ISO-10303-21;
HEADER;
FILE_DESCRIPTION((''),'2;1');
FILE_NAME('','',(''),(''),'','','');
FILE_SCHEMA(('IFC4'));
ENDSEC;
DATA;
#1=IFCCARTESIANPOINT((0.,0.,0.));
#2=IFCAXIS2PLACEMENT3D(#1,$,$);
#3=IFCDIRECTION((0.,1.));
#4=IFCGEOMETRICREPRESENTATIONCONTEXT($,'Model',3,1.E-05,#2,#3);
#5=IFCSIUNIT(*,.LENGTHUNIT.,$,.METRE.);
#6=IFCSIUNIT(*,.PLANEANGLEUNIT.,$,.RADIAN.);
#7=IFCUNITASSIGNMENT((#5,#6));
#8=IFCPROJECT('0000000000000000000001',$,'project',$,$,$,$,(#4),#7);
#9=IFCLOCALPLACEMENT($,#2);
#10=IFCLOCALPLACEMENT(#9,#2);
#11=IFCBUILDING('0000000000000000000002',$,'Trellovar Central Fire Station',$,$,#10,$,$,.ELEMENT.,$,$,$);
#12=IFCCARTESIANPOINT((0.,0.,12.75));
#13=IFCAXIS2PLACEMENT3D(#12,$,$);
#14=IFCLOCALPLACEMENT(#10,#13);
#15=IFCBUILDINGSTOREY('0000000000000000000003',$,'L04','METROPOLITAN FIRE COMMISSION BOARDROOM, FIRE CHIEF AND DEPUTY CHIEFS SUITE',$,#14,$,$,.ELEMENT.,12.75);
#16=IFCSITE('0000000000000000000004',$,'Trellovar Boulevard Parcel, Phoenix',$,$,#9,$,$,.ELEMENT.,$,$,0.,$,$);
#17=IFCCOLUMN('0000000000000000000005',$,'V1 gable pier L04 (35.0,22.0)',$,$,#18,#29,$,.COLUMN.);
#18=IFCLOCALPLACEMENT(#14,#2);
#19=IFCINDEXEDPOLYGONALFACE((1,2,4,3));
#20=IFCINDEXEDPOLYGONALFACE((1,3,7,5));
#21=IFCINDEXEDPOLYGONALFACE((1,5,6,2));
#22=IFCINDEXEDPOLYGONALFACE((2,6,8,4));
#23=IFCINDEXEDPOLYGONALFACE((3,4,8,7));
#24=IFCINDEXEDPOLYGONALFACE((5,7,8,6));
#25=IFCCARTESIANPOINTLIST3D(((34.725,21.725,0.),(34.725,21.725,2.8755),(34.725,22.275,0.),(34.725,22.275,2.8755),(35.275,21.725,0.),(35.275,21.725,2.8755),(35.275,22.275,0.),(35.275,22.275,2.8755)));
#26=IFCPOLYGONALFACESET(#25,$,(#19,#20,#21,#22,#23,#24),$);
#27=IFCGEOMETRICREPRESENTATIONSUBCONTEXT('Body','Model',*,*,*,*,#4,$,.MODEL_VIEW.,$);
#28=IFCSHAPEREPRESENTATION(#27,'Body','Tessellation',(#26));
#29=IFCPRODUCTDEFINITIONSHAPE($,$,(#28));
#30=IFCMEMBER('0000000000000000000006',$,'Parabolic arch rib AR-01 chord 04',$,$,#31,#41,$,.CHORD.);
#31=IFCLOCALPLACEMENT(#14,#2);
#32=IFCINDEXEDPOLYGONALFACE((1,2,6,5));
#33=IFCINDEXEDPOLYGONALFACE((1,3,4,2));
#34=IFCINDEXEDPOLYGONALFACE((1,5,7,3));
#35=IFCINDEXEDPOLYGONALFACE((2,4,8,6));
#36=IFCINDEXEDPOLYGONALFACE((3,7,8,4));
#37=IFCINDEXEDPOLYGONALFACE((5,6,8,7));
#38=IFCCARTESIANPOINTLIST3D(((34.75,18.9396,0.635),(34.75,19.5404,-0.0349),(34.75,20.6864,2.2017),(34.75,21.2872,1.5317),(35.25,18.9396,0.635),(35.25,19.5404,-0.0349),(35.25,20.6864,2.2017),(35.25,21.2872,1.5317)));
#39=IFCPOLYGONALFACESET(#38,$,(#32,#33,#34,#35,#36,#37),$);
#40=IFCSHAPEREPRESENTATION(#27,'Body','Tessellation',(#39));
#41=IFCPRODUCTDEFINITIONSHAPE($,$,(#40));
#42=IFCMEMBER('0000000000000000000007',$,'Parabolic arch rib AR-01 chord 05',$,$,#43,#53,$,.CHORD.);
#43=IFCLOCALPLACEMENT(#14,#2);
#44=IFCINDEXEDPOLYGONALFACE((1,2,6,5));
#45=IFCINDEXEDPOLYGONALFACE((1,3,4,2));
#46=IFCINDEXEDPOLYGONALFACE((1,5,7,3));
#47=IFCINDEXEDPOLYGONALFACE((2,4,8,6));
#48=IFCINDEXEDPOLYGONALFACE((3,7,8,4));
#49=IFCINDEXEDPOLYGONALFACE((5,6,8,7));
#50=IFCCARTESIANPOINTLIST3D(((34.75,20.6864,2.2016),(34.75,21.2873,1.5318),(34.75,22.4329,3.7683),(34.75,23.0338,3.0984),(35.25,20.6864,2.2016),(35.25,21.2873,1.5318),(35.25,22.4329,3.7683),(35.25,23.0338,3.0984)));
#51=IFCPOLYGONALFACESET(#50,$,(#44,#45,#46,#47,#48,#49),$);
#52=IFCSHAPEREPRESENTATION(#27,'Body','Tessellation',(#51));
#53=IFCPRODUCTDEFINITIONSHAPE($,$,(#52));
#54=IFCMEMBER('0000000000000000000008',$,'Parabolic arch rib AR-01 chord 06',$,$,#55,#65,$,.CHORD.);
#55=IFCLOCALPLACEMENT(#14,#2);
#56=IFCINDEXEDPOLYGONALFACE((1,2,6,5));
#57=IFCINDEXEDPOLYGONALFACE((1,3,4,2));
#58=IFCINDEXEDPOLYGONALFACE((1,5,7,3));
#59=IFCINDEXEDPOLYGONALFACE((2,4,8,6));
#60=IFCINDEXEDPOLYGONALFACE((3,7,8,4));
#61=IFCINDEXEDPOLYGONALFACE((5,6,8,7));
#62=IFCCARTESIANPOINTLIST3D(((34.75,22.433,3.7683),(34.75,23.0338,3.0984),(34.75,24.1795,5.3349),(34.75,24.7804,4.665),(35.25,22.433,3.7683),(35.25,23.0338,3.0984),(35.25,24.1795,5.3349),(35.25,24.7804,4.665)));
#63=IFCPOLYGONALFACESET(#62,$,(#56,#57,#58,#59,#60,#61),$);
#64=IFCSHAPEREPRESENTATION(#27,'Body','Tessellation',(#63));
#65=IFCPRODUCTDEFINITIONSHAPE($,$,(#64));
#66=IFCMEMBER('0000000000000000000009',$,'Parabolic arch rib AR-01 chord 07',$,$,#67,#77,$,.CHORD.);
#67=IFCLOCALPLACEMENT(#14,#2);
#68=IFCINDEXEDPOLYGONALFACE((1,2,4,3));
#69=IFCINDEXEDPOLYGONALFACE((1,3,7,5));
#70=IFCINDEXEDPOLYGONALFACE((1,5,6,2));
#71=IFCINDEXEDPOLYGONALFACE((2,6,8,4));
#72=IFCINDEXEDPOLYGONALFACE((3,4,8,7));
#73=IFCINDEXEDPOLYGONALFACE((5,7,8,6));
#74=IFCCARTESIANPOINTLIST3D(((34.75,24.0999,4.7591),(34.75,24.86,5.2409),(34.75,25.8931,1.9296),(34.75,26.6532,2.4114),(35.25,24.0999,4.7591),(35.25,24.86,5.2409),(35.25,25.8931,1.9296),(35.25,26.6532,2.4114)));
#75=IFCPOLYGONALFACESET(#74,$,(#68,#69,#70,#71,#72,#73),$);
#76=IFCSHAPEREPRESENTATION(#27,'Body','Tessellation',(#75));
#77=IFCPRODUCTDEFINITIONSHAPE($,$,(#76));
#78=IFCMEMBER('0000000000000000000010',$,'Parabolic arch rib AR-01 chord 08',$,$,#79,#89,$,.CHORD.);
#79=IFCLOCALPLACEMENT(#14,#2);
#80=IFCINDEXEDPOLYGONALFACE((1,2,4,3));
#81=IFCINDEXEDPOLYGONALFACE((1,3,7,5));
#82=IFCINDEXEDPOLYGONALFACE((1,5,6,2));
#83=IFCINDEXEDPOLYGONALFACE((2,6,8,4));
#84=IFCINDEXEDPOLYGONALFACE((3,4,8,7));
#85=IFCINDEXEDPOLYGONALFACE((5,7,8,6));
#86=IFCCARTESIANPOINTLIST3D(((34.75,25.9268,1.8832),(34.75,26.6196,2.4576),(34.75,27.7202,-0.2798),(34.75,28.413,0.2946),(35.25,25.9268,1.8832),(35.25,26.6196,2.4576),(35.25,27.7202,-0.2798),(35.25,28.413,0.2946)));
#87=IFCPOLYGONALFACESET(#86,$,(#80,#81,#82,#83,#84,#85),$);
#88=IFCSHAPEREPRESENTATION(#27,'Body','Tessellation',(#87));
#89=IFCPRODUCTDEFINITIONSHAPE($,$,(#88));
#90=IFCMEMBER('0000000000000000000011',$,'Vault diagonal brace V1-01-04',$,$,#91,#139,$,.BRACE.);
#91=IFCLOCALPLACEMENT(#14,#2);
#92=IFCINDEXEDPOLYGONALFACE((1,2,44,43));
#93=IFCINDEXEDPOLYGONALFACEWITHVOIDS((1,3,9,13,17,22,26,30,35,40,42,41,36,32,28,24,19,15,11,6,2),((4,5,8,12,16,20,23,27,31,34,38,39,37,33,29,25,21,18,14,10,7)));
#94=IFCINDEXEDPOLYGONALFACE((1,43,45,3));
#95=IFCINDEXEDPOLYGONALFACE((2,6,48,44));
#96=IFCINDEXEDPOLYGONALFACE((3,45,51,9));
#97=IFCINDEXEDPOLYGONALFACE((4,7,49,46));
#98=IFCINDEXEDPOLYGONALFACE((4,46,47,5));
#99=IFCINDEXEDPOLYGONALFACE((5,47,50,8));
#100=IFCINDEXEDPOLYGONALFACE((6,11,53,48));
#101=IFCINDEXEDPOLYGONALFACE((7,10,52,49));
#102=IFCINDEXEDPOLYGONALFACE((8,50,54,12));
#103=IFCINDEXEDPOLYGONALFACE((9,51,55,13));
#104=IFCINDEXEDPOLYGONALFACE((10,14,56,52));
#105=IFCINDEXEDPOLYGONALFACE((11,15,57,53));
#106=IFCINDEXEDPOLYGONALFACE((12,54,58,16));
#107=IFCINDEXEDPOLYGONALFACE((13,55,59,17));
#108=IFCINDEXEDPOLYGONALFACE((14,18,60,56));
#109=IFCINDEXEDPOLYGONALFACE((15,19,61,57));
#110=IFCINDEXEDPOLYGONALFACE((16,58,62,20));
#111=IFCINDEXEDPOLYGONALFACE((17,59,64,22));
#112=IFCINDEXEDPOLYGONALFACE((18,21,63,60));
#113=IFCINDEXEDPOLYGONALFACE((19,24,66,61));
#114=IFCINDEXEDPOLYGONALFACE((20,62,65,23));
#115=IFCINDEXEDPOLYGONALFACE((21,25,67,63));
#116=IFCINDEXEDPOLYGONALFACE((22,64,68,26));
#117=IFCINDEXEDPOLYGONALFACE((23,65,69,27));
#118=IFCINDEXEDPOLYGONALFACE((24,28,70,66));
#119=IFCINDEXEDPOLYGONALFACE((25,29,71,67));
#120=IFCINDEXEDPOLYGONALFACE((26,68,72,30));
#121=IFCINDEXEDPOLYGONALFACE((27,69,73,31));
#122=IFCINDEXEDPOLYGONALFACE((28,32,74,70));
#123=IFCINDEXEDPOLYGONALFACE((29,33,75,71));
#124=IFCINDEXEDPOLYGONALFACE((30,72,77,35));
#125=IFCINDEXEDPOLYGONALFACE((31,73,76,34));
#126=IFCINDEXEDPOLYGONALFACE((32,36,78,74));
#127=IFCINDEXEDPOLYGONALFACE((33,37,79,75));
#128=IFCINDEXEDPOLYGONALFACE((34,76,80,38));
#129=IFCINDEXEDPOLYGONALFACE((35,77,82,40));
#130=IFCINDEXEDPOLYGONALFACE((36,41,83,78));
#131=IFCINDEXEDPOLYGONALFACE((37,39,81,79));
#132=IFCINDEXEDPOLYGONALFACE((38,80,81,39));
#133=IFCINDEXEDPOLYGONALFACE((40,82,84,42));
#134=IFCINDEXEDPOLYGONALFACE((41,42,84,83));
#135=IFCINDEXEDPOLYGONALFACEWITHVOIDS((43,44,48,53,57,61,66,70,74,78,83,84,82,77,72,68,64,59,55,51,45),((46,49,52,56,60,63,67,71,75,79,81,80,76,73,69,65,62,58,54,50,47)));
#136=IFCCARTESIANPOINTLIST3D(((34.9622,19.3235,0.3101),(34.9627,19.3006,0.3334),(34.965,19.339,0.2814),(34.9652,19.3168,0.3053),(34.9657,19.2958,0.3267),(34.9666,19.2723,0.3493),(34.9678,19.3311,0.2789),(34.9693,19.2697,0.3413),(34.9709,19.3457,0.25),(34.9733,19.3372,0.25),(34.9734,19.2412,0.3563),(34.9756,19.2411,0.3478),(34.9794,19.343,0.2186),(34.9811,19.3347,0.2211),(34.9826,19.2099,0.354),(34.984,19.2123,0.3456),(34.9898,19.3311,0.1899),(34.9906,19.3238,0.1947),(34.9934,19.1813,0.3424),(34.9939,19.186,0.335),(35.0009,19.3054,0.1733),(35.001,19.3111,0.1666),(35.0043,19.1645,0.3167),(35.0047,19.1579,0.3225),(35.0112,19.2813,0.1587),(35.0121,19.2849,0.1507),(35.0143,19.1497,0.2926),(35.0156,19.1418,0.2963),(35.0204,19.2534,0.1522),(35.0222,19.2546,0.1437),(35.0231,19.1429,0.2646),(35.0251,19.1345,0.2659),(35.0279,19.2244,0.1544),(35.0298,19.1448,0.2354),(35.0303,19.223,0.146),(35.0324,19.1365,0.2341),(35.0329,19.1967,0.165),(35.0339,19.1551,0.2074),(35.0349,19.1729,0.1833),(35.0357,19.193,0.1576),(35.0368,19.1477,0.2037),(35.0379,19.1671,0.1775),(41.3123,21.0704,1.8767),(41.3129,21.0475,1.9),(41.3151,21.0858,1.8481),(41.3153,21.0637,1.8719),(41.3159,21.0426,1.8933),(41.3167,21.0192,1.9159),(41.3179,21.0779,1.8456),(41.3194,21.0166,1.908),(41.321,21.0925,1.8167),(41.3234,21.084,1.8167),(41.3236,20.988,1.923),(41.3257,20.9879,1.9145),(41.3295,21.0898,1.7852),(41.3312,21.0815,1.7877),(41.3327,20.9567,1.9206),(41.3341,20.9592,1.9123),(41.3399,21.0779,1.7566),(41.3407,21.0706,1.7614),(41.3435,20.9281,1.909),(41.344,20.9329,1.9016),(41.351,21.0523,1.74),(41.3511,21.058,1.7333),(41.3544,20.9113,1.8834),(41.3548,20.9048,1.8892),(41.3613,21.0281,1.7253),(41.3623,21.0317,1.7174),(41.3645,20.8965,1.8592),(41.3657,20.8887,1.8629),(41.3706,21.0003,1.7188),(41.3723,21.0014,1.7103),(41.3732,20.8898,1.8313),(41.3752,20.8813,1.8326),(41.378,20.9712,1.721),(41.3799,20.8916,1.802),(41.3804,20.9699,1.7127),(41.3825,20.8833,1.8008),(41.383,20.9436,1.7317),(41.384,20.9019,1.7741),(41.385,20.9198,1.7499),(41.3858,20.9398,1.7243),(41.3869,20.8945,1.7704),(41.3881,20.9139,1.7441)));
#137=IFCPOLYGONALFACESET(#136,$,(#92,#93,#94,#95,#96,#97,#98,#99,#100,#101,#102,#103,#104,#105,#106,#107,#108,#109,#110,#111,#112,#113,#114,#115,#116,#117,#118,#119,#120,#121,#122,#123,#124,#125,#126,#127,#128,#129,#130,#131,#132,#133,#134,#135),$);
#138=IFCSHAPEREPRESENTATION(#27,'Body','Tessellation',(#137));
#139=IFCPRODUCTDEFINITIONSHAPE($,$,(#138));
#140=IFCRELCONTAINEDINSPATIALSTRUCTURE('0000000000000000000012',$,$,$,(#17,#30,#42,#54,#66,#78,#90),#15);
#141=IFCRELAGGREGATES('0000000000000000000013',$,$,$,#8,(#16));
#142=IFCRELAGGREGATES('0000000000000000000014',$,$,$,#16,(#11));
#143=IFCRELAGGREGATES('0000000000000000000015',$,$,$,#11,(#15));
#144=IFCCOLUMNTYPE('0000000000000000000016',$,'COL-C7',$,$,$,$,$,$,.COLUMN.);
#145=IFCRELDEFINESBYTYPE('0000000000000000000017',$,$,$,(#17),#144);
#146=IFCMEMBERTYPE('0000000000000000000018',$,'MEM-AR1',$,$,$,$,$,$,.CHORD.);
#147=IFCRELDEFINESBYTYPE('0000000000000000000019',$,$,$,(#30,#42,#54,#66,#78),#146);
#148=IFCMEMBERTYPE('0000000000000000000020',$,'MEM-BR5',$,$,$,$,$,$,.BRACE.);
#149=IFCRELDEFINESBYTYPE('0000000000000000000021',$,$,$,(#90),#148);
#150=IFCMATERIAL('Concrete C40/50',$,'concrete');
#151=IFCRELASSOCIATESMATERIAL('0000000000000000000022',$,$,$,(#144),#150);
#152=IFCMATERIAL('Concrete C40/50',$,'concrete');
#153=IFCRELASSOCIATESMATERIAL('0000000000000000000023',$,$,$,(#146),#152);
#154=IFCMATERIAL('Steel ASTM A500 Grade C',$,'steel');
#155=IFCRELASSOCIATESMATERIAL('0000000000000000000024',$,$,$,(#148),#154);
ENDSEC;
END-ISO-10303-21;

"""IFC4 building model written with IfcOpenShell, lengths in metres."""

from ifc_helpers import new_model, si_unit, direction, frame, origin, origin_2d, place, context, subcontext, project, spatial, rectangle, hollow_circle, extrude, material, material_profile, profile_set, type_object, element, save


model = new_model("IFC4")

# Units and contexts
model_context = context("Model", 3, precision=1e-05, world=origin(), true_north=direction((0.0, 1.0)))
body_context = subcontext(model_context, "Body", "Model", "MODEL_VIEW")
ifc_project = project(units=[si_unit("LENGTHUNIT", "METRE"), si_unit("PLANEANGLEUNIT", "RADIAN")], contexts=[model_context])

# Site, building, storey
site_placement = place(None, origin())
site = spatial("IfcSite", under=ifc_project, at=site_placement, Name="Trellovar Boulevard Parcel, Phoenix", CompositionType="ELEMENT", RefElevation=0.0)
building_placement = place(site_placement, origin())
building = spatial("IfcBuilding", under=site, at=building_placement, Name="Trellovar Central Fire Station", CompositionType="ELEMENT")
storey_placement = place(building_placement, frame((0.0, 0.0, 12.75)))
storey = spatial("IfcBuildingStorey", under=building, at=storey_placement, Name="L04", Description="METROPOLITAN FIRE COMMISSION BOARDROOM, FIRE CHIEF AND DEPUTY CHIEFS SUITE", CompositionType="ELEMENT", Elevation=12.75)

# Column
ifc_material_1 = material(Name="Concrete C40/50", Category="concrete")
ifc_material_profile_1 = material_profile(ifc_material_1, rectangle(XDim=0.55, YDim=0.55, at=origin_2d()), Name="RC550X550")
ifc_profile_set_1 = profile_set([ifc_material_profile_1], Name="Concrete C40/50")
column_type = type_object("IfcColumnType", Name="COL-C7", PredefinedType="COLUMN", material=ifc_profile_set_1)
column_placement = place(storey_placement, frame((35.0, 22.0, 0.0), z_axis=(0.0, 0.0, 1.0), x_axis=(1.0, 0.0, 0.0)))
element("IfcColumn", 1, at=column_placement, inside=storey, type_object=column_type, Name="V1 gable pier L04 (35.0,22.0)", PredefinedType="COLUMN", context=body_context, shape_type="SweptSolid", body=[
    extrude(rectangle(XDim=0.55, YDim=0.55, at=origin_2d()), origin(), (0.0, 0.0, 1.0), 2.8755),
])

# Members
ifc_material_2 = material(Name="Concrete C40/50", Category="concrete")
ifc_material_profile_2 = material_profile(ifc_material_2, rectangle(XDim=0.5, YDim=0.8999, at=origin_2d()), Name="RC500X900")
ifc_profile_set_2 = profile_set([ifc_material_profile_2], Name="Concrete C40/50")
member_type_1 = type_object("IfcMemberType", Name="MEM-AR1", PredefinedType="CHORD", material=ifc_profile_set_2)
member_1_placement = place(storey_placement, frame((35.0, 19.24, 0.3), z_axis=(0.0, 0.744457, 0.66767), x_axis=(-1.0, 0.0, 0.0)))
element("IfcMember", 2, at=member_1_placement, inside=storey, type_object=member_type_1, Name="Parabolic arch rib AR-01 chord 04", PredefinedType="CHORD", context=body_context, shape_type="SweptSolid", body=[
    extrude(rectangle(XDim=0.5, YDim=0.8999, at=origin_2d()), origin(), (0.0, 0.0, 1.0), 2.3464),
])
for number, where, z_axis, x_axis, name in (
    (3, (35.0, 20.9868, 1.8667), (0.0, 0.744411, 0.667722), (-1.0, 0.0, 0.0), "Parabolic arch rib AR-01 chord 05"),
    (4, (35.0, 22.7334, 3.4333), (0.0, 0.744411, 0.667722), (-1.0, 0.0, 0.0), "Parabolic arch rib AR-01 chord 06"),
):
    element("IfcMember", number, at=place(storey_placement, frame(where, z_axis=z_axis, x_axis=x_axis)), inside=storey, type_object=member_type_1, Name=name, PredefinedType="CHORD", context=body_context, shape_type="SweptSolid", body=[
        extrude(rectangle(XDim=0.5, YDim=0.8999, at=origin_2d()), origin(), (0.0, 0.0, 1.0), 2.3462),
    ])
member_2_placement = place(storey_placement, frame((35.0, 24.48, 5.0), z_axis=(0.0, 0.535295, -0.844665), x_axis=(-1.0, 0.0, 0.0)))
element("IfcMember", 5, at=member_2_placement, inside=storey, type_object=member_type_1, Name="Parabolic arch rib AR-01 chord 07", PredefinedType="CHORD", context=body_context, shape_type="SweptSolid", body=[
    extrude(rectangle(XDim=0.5, YDim=0.8999, at=origin_2d()), origin(), (0.0, 0.0, 1.0), 3.3499),
])
member_3_placement = place(storey_placement, frame((35.0, 26.2732, 2.1704), z_axis=(0.0, 0.638268, -0.769814), x_axis=(-1.0, 0.0, 0.0)))
element("IfcMember", 6, at=member_3_placement, inside=storey, type_object=member_type_1, Name="Parabolic arch rib AR-01 chord 08", PredefinedType="CHORD", context=body_context, shape_type="SweptSolid", body=[
    extrude(rectangle(XDim=0.5, YDim=0.8999, at=origin_2d()), origin(), (0.0, 0.0, 1.0), 2.8098),
])
ifc_material_3 = material(Name="Steel ASTM A500 Grade C", Category="steel")
ifc_material_profile_3 = material_profile(ifc_material_3, hollow_circle(Radius=0.1096, WallThickness=0.0088, at=origin_2d()), Name="HSS8.625X0.375")
ifc_profile_set_3 = profile_set([ifc_material_profile_3], Name="Steel ASTM A500 Grade C")
member_type_2 = type_object("IfcMemberType", Name="MEM-BR5", PredefinedType="BRACE", material=ifc_profile_set_3)
member_4_placement = place(storey_placement, frame((35.0, 19.24, 0.25), z_axis=(0.93801, 0.258034, 0.231419), x_axis=(-0.265234, 0.964184, 0.0)))
element("IfcMember", 7, at=member_4_placement, inside=storey, type_object=member_type_2, Name="Vault diagonal brace V1-01-04", PredefinedType="BRACE", context=body_context, shape_type="SweptSolid", body=[
    extrude(hollow_circle(Radius=0.1096, WallThickness=0.0088, at=origin_2d()), origin(), (0.0, 0.0, 1.0), 6.7698),
])

save(model, "model.ifc")
